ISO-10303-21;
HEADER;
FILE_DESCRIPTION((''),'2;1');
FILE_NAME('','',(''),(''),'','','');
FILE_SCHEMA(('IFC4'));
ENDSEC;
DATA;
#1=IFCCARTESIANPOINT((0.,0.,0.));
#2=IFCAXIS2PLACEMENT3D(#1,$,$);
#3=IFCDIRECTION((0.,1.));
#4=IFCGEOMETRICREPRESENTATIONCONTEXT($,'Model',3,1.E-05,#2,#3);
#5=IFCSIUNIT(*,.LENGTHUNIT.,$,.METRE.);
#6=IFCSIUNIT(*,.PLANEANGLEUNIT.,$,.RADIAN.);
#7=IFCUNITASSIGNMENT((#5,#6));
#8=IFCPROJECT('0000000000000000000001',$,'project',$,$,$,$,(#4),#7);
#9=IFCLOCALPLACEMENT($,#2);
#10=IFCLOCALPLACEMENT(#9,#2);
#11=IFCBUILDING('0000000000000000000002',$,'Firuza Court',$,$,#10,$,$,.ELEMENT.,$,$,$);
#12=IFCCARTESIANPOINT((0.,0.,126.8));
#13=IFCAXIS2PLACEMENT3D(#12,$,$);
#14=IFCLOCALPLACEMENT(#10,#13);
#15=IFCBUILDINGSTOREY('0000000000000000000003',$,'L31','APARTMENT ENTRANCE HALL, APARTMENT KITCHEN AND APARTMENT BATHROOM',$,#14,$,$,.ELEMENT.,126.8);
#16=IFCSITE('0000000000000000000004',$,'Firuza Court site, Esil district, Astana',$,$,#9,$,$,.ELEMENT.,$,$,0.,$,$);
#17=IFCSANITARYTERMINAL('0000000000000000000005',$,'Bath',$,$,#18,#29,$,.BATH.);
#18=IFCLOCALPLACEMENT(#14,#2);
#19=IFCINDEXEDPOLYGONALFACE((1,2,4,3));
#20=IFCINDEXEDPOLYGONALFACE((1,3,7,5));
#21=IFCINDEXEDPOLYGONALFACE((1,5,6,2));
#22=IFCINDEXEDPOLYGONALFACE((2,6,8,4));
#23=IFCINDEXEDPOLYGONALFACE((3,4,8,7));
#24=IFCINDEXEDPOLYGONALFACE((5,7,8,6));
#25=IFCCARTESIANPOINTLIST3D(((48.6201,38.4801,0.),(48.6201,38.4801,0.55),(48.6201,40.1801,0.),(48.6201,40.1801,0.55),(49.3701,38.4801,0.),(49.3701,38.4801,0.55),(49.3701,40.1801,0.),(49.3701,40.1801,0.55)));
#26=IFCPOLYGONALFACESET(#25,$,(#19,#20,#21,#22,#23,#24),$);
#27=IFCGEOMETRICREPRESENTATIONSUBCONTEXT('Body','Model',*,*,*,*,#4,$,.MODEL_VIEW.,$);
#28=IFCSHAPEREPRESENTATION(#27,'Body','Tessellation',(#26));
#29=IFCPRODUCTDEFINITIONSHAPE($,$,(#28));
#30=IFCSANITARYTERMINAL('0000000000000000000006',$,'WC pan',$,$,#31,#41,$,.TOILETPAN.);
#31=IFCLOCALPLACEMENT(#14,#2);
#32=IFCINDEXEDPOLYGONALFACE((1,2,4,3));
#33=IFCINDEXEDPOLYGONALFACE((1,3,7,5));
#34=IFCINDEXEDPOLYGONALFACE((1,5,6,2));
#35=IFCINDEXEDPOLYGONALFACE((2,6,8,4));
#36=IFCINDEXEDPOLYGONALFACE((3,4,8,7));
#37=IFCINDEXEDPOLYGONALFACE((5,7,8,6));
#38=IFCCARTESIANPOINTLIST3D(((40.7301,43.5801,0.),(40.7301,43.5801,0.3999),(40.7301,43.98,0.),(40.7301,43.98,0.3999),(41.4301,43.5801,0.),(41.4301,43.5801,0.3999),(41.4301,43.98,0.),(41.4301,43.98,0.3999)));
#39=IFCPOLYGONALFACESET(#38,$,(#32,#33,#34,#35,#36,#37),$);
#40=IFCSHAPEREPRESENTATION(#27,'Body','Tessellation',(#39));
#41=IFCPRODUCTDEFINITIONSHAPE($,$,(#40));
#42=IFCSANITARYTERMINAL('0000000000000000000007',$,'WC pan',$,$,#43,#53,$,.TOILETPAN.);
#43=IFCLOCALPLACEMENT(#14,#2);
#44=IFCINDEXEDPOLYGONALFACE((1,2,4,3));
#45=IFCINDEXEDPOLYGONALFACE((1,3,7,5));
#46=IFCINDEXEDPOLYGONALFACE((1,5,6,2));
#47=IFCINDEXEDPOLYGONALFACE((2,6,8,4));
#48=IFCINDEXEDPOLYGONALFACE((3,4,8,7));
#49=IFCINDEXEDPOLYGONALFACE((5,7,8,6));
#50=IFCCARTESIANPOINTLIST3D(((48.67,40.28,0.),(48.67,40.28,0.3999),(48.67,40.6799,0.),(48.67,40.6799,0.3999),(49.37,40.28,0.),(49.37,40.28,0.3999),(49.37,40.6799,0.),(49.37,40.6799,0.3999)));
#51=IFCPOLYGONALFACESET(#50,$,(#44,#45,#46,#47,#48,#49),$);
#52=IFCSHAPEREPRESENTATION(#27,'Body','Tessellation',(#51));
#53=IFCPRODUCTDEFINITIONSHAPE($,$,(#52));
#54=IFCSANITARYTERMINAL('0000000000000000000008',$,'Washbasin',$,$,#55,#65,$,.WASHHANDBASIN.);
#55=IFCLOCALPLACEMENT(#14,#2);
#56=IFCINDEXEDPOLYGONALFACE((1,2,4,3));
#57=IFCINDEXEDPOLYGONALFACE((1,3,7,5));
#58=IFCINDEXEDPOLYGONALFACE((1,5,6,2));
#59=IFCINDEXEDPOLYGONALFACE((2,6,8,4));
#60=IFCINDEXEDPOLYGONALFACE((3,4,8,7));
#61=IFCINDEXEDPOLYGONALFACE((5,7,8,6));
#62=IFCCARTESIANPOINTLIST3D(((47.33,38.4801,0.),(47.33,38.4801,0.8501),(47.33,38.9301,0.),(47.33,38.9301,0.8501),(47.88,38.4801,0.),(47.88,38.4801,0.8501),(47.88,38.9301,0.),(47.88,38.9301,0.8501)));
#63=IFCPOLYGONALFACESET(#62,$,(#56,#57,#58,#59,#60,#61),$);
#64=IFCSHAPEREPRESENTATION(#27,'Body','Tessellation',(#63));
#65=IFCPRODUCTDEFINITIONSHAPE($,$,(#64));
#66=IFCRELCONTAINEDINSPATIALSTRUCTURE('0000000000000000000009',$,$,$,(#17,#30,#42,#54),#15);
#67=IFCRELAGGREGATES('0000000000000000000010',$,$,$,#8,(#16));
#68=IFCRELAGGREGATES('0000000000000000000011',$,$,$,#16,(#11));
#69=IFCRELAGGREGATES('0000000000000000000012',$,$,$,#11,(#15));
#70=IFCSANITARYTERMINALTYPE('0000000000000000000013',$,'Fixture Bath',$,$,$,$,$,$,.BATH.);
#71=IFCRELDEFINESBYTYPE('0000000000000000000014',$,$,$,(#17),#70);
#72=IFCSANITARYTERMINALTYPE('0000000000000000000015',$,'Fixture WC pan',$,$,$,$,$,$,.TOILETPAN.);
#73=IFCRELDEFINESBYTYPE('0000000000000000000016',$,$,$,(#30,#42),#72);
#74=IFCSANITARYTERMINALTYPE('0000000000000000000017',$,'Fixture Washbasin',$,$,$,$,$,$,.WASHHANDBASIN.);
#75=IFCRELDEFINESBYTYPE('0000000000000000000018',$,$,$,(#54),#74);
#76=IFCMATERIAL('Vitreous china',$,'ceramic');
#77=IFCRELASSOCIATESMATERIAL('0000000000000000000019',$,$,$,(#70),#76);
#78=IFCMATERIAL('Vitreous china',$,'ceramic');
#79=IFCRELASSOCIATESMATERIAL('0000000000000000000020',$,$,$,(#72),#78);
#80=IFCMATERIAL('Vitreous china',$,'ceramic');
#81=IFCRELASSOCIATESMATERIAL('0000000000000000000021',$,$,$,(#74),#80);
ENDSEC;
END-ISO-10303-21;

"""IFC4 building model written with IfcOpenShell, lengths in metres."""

from ifc_helpers import new_model, si_unit, direction, frame, origin, origin_2d, place, context, subcontext, project, spatial, rectangle, extrude, material, type_object, element, save


model = new_model("IFC4")

# Units and contexts
model_context = context("Model", 3, precision=1e-05, world=origin(), true_north=direction((0.0, 1.0)))
body_context = subcontext(model_context, "Body", "Model", "MODEL_VIEW")
ifc_project = project(units=[si_unit("LENGTHUNIT", "METRE"), si_unit("PLANEANGLEUNIT", "RADIAN")], contexts=[model_context])

# Site, building, storey
site_placement = place(None, origin())
site = spatial("IfcSite", under=ifc_project, at=site_placement, Name="Firuza Court site, Esil district, Astana", CompositionType="ELEMENT", RefElevation=0.0)
building_placement = place(site_placement, origin())
building = spatial("IfcBuilding", under=site, at=building_placement, Name="Firuza Court", CompositionType="ELEMENT")
storey_placement = place(building_placement, frame((0.0, 0.0, 126.8)))
storey = spatial("IfcBuildingStorey", under=building, at=storey_placement, Name="L31", Description="APARTMENT ENTRANCE HALL, APARTMENT KITCHEN AND APARTMENT BATHROOM", CompositionType="ELEMENT", Elevation=126.8)

# Sanitary terminals
ifc_material_1 = material(Name="Vitreous china", Category="ceramic")
sanitary_terminal_type_1 = type_object("IfcSanitaryTerminalType", Name="Fixture Bath", PredefinedType="BATH", material=ifc_material_1)
sanitary_terminal_1_placement = place(storey_placement, frame((48.9951, 39.3301, 0.0), z_axis=(0.0, 0.0, 1.0), x_axis=(1.0, 0.0, 0.0)))
element("IfcSanitaryTerminal", 1, at=sanitary_terminal_1_placement, inside=storey, type_object=sanitary_terminal_type_1, Name="Bath", PredefinedType="BATH", context=body_context, shape_type="SweptSolid", body=[
    extrude(rectangle(XDim=0.75, YDim=1.7, at=origin_2d()), origin(), (0.0, 0.0, 1.0), 0.55),
])
ifc_material_2 = material(Name="Vitreous china", Category="ceramic")
sanitary_terminal_type_2 = type_object("IfcSanitaryTerminalType", Name="Fixture WC pan", PredefinedType="TOILETPAN", material=ifc_material_2)
for number, where, z_axis, x_axis, name in (
    (2, (41.0801, 43.78, 0.0), (0.0, 0.0, 1.0), (1.0, 0.0, 0.0), "WC pan"),
    (3, (49.02, 40.48, 0.0), (0.0, 0.0, 1.0), (1.0, 0.0, 0.0), "WC pan"),
):
    element("IfcSanitaryTerminal", number, at=place(storey_placement, frame(where, z_axis=z_axis, x_axis=x_axis)), inside=storey, type_object=sanitary_terminal_type_2, Name=name, PredefinedType="TOILETPAN", context=body_context, shape_type="SweptSolid", body=[
        extrude(rectangle(XDim=0.7, YDim=0.3999, at=origin_2d()), origin(), (0.0, 0.0, 1.0), 0.3999),
    ])
ifc_material_3 = material(Name="Vitreous china", Category="ceramic")
sanitary_terminal_type_3 = type_object("IfcSanitaryTerminalType", Name="Fixture Washbasin", PredefinedType="WASHHANDBASIN", material=ifc_material_3)
sanitary_terminal_2_placement = place(storey_placement, frame((47.605, 38.7051, 0.0), z_axis=(0.0, 0.0, 1.0), x_axis=(1.0, 0.0, 0.0)))
element("IfcSanitaryTerminal", 4, at=sanitary_terminal_2_placement, inside=storey, type_object=sanitary_terminal_type_3, Name="Washbasin", PredefinedType="WASHHANDBASIN", context=body_context, shape_type="SweptSolid", body=[
    extrude(rectangle(XDim=0.55, YDim=0.45, at=origin_2d()), origin(), (0.0, 0.0, 1.0), 0.8501),
])

save(model, "model.ifc")
